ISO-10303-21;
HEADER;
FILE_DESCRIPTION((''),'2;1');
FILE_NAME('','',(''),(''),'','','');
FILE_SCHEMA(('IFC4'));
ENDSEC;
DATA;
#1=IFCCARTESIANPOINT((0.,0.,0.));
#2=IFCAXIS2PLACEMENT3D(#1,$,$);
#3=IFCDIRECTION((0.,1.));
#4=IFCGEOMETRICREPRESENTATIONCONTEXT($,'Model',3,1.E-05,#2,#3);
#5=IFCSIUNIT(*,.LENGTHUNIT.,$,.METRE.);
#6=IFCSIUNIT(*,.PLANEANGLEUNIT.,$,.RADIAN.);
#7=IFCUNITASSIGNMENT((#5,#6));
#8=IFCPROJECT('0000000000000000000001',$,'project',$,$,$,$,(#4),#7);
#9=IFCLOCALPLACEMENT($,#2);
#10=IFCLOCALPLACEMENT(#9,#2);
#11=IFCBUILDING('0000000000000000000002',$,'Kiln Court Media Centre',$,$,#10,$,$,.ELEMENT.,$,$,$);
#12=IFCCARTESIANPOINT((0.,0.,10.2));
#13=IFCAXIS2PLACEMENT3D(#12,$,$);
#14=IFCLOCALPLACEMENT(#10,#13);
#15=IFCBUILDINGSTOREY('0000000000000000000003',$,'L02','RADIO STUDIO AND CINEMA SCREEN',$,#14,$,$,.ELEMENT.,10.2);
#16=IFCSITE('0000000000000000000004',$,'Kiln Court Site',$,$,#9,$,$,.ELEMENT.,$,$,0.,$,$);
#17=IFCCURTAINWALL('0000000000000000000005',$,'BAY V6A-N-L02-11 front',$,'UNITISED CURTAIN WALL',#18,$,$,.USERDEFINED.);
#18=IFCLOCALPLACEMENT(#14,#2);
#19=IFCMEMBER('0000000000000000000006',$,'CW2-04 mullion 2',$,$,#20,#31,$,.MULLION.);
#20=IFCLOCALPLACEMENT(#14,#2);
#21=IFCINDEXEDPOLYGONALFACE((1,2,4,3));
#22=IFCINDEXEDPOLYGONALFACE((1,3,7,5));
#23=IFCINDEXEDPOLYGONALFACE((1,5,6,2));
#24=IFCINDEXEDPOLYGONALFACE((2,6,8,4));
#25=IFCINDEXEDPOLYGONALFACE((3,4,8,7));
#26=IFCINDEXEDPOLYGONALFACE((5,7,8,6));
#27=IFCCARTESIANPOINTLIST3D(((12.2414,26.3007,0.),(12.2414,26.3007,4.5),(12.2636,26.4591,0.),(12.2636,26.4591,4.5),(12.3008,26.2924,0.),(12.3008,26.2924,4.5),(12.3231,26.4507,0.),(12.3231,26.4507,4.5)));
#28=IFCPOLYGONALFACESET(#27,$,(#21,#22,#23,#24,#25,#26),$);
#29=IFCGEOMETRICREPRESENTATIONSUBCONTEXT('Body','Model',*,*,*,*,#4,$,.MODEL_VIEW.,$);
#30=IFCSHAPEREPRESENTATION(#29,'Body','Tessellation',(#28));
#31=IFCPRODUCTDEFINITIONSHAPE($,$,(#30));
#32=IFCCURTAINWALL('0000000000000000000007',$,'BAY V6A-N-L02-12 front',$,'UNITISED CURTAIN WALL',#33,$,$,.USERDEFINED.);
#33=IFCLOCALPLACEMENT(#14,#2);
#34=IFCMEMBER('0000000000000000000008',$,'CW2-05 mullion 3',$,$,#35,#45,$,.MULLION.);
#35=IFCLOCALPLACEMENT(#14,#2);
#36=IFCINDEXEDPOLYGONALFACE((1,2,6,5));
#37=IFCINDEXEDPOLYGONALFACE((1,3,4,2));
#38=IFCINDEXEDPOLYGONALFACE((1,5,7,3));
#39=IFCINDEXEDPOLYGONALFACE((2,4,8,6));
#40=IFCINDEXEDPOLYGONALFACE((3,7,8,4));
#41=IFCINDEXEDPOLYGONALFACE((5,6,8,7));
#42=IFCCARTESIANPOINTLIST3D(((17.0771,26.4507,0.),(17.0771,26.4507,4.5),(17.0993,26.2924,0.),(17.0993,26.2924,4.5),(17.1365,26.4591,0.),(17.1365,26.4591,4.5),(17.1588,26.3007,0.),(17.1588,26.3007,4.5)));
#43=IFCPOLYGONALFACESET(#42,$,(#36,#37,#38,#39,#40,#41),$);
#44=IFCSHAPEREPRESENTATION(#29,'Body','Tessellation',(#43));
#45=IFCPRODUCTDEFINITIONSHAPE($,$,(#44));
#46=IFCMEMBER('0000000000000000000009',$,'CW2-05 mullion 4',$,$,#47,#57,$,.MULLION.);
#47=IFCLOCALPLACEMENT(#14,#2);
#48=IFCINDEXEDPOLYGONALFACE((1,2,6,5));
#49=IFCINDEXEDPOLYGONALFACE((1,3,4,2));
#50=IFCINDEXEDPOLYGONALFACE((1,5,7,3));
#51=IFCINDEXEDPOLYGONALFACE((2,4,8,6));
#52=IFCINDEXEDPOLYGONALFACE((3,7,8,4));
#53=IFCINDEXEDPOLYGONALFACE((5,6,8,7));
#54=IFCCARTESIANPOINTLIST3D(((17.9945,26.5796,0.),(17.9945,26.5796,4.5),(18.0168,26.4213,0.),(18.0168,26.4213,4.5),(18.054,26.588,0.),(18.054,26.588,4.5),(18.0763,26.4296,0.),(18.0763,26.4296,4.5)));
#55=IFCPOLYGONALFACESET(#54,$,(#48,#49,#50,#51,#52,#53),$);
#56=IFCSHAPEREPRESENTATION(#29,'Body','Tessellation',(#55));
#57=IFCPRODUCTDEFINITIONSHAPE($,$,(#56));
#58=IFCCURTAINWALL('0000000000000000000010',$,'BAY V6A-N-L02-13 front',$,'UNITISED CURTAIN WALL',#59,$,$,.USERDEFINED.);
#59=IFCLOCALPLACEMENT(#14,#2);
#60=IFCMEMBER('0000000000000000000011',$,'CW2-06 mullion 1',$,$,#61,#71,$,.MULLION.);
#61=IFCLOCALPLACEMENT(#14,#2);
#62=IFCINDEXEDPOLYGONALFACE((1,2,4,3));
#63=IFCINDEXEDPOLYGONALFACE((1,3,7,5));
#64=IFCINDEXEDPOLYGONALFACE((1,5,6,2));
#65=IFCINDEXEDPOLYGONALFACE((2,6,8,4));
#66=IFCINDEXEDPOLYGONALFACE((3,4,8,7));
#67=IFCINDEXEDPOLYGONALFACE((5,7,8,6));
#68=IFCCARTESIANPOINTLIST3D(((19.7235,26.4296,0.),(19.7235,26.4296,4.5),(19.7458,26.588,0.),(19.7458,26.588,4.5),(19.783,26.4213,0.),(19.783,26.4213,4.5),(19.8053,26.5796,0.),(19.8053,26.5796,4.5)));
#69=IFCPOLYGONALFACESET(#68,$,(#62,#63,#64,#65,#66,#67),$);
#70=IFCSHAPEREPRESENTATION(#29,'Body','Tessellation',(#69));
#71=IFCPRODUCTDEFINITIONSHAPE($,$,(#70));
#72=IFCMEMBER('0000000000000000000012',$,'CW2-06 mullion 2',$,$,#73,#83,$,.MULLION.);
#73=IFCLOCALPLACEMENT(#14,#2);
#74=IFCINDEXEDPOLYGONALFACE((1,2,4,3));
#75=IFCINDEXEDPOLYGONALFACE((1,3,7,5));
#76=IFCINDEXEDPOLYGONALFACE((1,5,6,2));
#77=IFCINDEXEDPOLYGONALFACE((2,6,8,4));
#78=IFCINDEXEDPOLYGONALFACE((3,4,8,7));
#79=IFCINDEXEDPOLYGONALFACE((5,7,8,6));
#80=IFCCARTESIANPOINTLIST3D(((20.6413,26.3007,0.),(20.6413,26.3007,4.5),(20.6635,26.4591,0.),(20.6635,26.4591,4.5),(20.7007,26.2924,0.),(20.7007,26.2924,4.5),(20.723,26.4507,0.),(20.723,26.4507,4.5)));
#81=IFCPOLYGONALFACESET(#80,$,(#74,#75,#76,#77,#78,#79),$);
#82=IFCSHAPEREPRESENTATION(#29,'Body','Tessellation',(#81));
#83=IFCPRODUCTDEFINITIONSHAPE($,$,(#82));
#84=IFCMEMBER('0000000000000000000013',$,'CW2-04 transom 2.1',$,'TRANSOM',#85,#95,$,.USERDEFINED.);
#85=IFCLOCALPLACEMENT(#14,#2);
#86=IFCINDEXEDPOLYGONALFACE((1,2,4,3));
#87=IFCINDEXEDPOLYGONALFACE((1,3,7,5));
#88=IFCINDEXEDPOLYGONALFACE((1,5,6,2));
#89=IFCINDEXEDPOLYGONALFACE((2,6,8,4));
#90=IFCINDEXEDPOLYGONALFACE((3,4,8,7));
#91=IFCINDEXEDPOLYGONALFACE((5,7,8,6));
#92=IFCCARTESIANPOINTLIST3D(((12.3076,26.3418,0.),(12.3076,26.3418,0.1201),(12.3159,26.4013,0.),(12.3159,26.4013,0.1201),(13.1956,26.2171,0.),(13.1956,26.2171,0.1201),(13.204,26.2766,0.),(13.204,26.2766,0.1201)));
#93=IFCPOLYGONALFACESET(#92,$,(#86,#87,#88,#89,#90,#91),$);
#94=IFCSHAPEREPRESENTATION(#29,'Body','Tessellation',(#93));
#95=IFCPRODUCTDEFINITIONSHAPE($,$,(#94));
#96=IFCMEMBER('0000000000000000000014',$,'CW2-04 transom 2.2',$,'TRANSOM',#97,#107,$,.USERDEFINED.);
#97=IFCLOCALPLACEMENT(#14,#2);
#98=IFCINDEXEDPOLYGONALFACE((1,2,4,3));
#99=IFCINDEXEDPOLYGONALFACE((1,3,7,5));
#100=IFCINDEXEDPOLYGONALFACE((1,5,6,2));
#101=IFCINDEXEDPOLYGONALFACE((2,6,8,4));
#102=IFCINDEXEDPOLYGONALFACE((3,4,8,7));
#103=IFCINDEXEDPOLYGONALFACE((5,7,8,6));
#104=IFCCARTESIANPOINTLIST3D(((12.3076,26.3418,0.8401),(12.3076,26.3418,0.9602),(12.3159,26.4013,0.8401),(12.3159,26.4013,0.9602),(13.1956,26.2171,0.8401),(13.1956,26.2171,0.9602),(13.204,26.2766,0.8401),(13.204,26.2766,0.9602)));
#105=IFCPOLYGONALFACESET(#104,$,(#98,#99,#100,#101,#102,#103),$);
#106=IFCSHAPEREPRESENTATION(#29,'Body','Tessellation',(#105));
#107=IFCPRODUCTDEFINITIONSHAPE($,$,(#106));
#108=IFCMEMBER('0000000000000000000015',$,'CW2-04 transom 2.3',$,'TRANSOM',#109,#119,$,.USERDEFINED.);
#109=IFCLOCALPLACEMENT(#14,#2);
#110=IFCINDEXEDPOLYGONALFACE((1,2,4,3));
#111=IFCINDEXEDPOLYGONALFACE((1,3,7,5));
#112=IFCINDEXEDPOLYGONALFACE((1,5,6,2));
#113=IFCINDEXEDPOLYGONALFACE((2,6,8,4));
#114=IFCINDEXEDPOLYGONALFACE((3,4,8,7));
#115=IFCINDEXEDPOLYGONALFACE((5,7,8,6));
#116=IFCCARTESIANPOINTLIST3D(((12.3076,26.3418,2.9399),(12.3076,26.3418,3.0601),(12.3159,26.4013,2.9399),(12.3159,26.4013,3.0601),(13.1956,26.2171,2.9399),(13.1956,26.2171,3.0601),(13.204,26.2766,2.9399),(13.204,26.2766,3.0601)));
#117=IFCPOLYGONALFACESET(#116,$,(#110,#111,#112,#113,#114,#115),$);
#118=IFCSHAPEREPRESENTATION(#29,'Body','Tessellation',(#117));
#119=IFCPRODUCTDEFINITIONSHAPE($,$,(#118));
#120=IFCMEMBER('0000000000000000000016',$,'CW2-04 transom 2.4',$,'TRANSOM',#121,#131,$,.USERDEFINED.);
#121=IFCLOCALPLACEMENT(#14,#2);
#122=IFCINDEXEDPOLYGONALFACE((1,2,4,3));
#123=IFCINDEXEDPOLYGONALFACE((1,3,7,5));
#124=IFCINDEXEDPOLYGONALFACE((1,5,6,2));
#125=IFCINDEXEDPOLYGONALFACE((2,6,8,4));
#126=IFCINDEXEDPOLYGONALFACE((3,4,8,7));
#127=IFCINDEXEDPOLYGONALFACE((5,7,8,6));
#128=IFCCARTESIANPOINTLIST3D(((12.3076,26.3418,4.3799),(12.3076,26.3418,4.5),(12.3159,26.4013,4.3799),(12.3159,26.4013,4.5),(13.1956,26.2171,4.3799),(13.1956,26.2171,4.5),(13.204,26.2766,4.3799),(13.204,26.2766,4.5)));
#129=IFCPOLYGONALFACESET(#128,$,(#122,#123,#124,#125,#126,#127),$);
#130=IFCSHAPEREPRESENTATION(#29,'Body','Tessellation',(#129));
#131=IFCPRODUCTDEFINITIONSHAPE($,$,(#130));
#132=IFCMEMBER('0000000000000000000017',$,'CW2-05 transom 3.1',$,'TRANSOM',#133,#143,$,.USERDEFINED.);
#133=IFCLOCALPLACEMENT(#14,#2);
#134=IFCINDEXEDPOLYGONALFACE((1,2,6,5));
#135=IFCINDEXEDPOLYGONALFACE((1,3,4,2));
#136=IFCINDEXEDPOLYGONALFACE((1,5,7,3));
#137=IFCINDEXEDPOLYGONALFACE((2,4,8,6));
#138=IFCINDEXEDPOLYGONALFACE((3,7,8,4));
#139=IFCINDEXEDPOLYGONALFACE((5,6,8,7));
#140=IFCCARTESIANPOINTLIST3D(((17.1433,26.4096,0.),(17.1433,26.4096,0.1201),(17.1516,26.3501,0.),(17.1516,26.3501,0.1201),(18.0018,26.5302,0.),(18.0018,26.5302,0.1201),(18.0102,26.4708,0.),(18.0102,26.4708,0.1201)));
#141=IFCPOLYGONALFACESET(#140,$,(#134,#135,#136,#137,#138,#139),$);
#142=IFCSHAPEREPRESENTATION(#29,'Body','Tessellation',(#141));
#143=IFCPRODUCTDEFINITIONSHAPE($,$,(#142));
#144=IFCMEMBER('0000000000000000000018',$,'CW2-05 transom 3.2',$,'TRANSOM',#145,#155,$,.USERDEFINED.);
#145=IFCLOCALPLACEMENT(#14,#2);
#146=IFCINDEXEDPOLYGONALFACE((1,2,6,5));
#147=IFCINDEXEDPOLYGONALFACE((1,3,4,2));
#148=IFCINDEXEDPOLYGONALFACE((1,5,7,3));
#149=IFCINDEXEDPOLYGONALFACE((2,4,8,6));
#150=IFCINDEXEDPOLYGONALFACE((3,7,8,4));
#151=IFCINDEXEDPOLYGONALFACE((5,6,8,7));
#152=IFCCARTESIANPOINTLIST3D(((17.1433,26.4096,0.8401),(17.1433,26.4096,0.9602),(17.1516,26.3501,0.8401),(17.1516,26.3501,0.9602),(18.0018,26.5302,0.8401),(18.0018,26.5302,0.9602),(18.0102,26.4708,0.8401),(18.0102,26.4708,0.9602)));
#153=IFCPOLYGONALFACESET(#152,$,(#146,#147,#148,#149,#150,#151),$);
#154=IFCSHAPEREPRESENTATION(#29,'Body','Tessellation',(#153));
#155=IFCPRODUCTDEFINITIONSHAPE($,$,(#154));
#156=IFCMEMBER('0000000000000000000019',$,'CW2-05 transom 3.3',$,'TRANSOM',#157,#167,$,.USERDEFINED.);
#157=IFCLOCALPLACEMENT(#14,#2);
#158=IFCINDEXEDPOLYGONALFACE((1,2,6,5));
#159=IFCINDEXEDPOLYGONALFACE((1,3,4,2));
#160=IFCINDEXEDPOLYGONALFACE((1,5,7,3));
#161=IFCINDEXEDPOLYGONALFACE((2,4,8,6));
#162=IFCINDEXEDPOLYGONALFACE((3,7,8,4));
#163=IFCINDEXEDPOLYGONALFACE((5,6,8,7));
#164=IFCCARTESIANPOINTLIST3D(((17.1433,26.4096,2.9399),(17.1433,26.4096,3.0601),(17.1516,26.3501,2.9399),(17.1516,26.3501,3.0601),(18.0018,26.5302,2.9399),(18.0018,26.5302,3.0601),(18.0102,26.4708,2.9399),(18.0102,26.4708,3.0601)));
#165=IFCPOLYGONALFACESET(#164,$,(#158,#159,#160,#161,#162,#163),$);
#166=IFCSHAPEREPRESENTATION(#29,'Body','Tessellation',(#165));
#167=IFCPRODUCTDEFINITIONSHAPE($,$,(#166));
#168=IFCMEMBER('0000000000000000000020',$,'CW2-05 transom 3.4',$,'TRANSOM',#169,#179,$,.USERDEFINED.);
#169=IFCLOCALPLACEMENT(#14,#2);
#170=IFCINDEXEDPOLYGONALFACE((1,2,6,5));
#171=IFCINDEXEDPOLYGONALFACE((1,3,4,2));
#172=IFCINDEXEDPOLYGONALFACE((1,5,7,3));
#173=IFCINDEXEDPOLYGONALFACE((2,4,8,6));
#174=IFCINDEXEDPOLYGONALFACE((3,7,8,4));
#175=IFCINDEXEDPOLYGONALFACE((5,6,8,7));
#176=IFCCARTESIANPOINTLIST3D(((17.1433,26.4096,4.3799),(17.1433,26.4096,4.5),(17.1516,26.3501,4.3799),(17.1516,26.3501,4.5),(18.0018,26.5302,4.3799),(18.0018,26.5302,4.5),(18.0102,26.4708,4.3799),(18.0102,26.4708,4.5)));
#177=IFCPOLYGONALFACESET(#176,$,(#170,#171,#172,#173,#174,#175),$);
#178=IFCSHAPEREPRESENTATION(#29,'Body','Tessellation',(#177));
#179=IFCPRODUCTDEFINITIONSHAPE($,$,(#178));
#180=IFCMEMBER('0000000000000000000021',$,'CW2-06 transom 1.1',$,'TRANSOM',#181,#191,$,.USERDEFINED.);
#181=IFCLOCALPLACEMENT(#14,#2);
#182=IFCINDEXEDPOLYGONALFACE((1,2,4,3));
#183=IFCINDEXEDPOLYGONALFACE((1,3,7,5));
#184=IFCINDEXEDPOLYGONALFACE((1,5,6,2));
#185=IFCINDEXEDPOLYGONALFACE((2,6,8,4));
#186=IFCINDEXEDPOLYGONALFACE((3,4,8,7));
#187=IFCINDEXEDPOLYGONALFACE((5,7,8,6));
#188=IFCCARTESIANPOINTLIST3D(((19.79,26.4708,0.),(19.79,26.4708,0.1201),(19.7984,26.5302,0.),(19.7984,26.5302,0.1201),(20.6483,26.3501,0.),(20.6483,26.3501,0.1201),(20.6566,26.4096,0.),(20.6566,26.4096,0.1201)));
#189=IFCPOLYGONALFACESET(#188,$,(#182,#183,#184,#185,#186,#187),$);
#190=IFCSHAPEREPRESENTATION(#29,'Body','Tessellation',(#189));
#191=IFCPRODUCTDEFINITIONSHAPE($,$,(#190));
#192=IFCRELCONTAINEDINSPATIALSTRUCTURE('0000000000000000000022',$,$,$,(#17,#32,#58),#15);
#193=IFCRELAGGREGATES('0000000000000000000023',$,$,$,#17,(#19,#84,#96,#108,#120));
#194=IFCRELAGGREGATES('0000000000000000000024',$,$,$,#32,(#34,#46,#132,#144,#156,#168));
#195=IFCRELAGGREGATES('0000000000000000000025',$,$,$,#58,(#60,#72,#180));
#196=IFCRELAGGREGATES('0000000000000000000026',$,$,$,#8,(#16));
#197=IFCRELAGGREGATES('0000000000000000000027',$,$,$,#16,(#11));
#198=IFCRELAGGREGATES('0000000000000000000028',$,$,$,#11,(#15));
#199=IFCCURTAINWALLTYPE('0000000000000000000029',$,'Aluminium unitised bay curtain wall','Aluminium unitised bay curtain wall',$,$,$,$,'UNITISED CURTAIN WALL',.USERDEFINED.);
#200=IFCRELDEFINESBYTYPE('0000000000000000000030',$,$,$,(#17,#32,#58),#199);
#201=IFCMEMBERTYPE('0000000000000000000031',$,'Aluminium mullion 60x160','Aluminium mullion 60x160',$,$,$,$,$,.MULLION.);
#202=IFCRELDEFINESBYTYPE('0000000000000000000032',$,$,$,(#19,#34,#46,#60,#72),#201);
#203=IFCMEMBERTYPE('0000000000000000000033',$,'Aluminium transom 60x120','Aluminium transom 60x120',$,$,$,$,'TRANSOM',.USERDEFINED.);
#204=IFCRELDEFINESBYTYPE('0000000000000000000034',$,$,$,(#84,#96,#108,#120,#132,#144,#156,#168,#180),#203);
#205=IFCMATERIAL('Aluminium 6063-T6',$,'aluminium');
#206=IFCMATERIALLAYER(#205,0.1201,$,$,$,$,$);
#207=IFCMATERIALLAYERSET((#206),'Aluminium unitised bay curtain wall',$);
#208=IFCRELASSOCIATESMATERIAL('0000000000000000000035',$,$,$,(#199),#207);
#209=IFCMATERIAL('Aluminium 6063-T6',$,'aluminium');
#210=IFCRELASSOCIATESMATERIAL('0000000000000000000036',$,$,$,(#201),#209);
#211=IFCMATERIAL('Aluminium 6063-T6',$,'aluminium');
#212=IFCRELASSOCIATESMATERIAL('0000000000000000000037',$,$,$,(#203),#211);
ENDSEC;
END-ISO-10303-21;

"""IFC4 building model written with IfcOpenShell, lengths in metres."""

from ifc_helpers import new_model, si_unit, direction, frame, origin, origin_2d, place, context, subcontext, project, spatial, rectangle, extrude, material, layer, layer_set, material_profile, profile_set, type_object, element, aggregate, save


model = new_model("IFC4")

# Units and contexts
model_context = context("Model", 3, precision=1e-05, world=origin(), true_north=direction((0.0, 1.0)))
body_context = subcontext(model_context, "Body", "Model", "MODEL_VIEW")
ifc_project = project(units=[si_unit("LENGTHUNIT", "METRE"), si_unit("PLANEANGLEUNIT", "RADIAN")], contexts=[model_context])

# Site, building, storey
site_placement = place(None, origin())
site = spatial("IfcSite", under=ifc_project, at=site_placement, Name="Kiln Court Site", CompositionType="ELEMENT", RefElevation=0.0)
building_placement = place(site_placement, origin())
building = spatial("IfcBuilding", under=site, at=building_placement, Name="Kiln Court Media Centre", CompositionType="ELEMENT")
storey_placement = place(building_placement, frame((0.0, 0.0, 10.2)))
storey = spatial("IfcBuildingStorey", under=building, at=storey_placement, Name="L02", Description="RADIO STUDIO AND CINEMA SCREEN", CompositionType="ELEMENT", Elevation=10.2)

# Curtain wall, member
ifc_material_1 = material(Name="Aluminium 6063-T6", Category="aluminium")
ifc_layer_1 = layer(ifc_material_1, 0.1201)
ifc_layer_set_1 = layer_set([ifc_layer_1], Name="Aluminium unitised bay curtain wall")
curtain_wall_type = type_object("IfcCurtainWallType", Name="Aluminium unitised bay curtain wall", Description="Aluminium unitised bay curtain wall", ElementType="UNITISED CURTAIN WALL", PredefinedType="USERDEFINED", material=ifc_layer_set_1)
curtain_wall_1_placement = place(storey_placement, origin())
curtain_wall_1 = element("IfcCurtainWall", 1, at=curtain_wall_1_placement, inside=storey, type_object=curtain_wall_type, Name="BAY V6A-N-L02-11 front", ObjectType="UNITISED CURTAIN WALL", PredefinedType="USERDEFINED")
ifc_material_2 = material(Name="Aluminium 6063-T6", Category="aluminium")
ifc_material_profile_1 = material_profile(ifc_material_2, rectangle(XDim=0.0601, YDim=0.1599, at=origin_2d()), Name="Aluminium mullion 60x160")
ifc_profile_set_1 = profile_set([ifc_material_profile_1], Name="Aluminium 6063-T6")
member_type_1 = type_object("IfcMemberType", Name="Aluminium mullion 60x160", Description="Aluminium mullion 60x160", PredefinedType="MULLION", material=ifc_profile_set_1)
member_1_placement = place(storey_placement, frame((12.2822, 26.3757, 0.0), z_axis=(0.0, 0.0, 1.0), x_axis=(0.99027, -0.139162, 0.0)))
member_1 = element("IfcMember", 2, at=member_1_placement, type_object=member_type_1, Name="CW2-04 mullion 2", PredefinedType="MULLION", context=body_context, shape_type="SweptSolid", body=[
    extrude(rectangle(XDim=0.0601, YDim=0.1599, at=origin_2d()), origin(), (0.0, 0.0, 1.0), 4.5),
])

# Curtain walls, members
curtain_wall_2_placement = place(storey_placement, origin())
curtain_wall_2 = element("IfcCurtainWall", 3, at=curtain_wall_2_placement, inside=storey, type_object=curtain_wall_type, Name="BAY V6A-N-L02-12 front", ObjectType="UNITISED CURTAIN WALL", PredefinedType="USERDEFINED")
member_2_placement = place(storey_placement, frame((17.1179, 26.3757, 0.0), z_axis=(0.0, 0.0, 1.0), x_axis=(0.99027, 0.139162, 0.0)))
member_2 = element("IfcMember", 4, at=member_2_placement, type_object=member_type_1, Name="CW2-05 mullion 3", PredefinedType="MULLION", context=body_context, shape_type="SweptSolid", body=[
    extrude(rectangle(XDim=0.0601, YDim=0.1599, at=origin_2d()), origin(), (0.0, 0.0, 1.0), 4.5),
])
member_3_placement = place(storey_placement, frame((18.0354, 26.5046, 0.0), z_axis=(0.0, 0.0, 1.0), x_axis=(0.99027, 0.139162, 0.0)))
member_3 = element("IfcMember", 5, at=member_3_placement, type_object=member_type_1, Name="CW2-05 mullion 4", PredefinedType="MULLION", context=body_context, shape_type="SweptSolid", body=[
    extrude(rectangle(XDim=0.0601, YDim=0.1599, at=origin_2d()), origin(), (0.0, 0.0, 1.0), 4.5),
])
curtain_wall_3_placement = place(storey_placement, origin())
curtain_wall_3 = element("IfcCurtainWall", 6, at=curtain_wall_3_placement, inside=storey, type_object=curtain_wall_type, Name="BAY V6A-N-L02-13 front", ObjectType="UNITISED CURTAIN WALL", PredefinedType="USERDEFINED")
member_4_placement = place(storey_placement, frame((19.7644, 26.5046, 0.0), z_axis=(0.0, 0.0, 1.0), x_axis=(0.99027, -0.139162, 0.0)))
member_4 = element("IfcMember", 7, at=member_4_placement, type_object=member_type_1, Name="CW2-06 mullion 1", PredefinedType="MULLION", context=body_context, shape_type="SweptSolid", body=[
    extrude(rectangle(XDim=0.0601, YDim=0.1599, at=origin_2d()), origin(), (0.0, 0.0, 1.0), 4.5),
])
member_5_placement = place(storey_placement, frame((20.6821, 26.3757, 0.0), z_axis=(0.0, 0.0, 1.0), x_axis=(0.99027, -0.139162, 0.0)))
member_5 = element("IfcMember", 8, at=member_5_placement, type_object=member_type_1, Name="CW2-06 mullion 2", PredefinedType="MULLION", context=body_context, shape_type="SweptSolid", body=[
    extrude(rectangle(XDim=0.0601, YDim=0.1599, at=origin_2d()), origin(), (0.0, 0.0, 1.0), 4.5),
])

# Members
ifc_material_3 = material(Name="Aluminium 6063-T6", Category="aluminium")
ifc_material_profile_2 = material_profile(ifc_material_3, rectangle(XDim=0.0601, YDim=0.1201, at=origin_2d()), Name="Aluminium transom 60x120")
ifc_profile_set_2 = profile_set([ifc_material_profile_2], Name="Aluminium 6063-T6")
member_type_2 = type_object("IfcMemberType", Name="Aluminium transom 60x120", Description="Aluminium transom 60x120", ElementType="TRANSOM", PredefinedType="USERDEFINED", material=ifc_profile_set_2)
member_6_placement = place(storey_placement, frame((12.3118, 26.3716, 0.0601), z_axis=(0.990274, -0.139134, 0.0), x_axis=(0.139134, 0.990274, 0.0)))
member_6 = element("IfcMember", 9, at=member_6_placement, type_object=member_type_2, Name="CW2-04 transom 2.1", ObjectType="TRANSOM", PredefinedType="USERDEFINED", context=body_context, shape_type="SweptSolid", body=[
    extrude(rectangle(XDim=0.0601, YDim=0.1201, at=origin_2d()), origin(), (0.0, 0.0, 1.0), 0.8967),
])
member_7_placement = place(storey_placement, frame((12.3118, 26.3716, 0.9001), z_axis=(0.990274, -0.139134, 0.0), x_axis=(0.139134, 0.990274, 0.0)))
member_7 = element("IfcMember", 10, at=member_7_placement, type_object=member_type_2, Name="CW2-04 transom 2.2", ObjectType="TRANSOM", PredefinedType="USERDEFINED", context=body_context, shape_type="SweptSolid", body=[
    extrude(rectangle(XDim=0.0601, YDim=0.1201, at=origin_2d()), origin(), (0.0, 0.0, 1.0), 0.8967),
])
member_8_placement = place(storey_placement, frame((12.3118, 26.3716, 3.0), z_axis=(0.990274, -0.139134, 0.0), x_axis=(0.139134, 0.990274, 0.0)))
member_8 = element("IfcMember", 11, at=member_8_placement, type_object=member_type_2, Name="CW2-04 transom 2.3", ObjectType="TRANSOM", PredefinedType="USERDEFINED", context=body_context, shape_type="SweptSolid", body=[
    extrude(rectangle(XDim=0.0601, YDim=0.1201, at=origin_2d()), origin(), (0.0, 0.0, 1.0), 0.8967),
])
member_9_placement = place(storey_placement, frame((12.3118, 26.3716, 4.4399), z_axis=(0.990274, -0.139134, 0.0), x_axis=(0.139134, 0.990274, 0.0)))
member_9 = element("IfcMember", 12, at=member_9_placement, type_object=member_type_2, Name="CW2-04 transom 2.4", ObjectType="TRANSOM", PredefinedType="USERDEFINED", context=body_context, shape_type="SweptSolid", body=[
    extrude(rectangle(XDim=0.0601, YDim=0.1201, at=origin_2d()), origin(), (0.0, 0.0, 1.0), 0.8967),
])
member_10_placement = place(storey_placement, frame((17.1475, 26.3799, 0.0601), z_axis=(0.990274, 0.139134, 0.0), x_axis=(-0.139134, 0.990274, 0.0)))
member_10 = element("IfcMember", 13, at=member_10_placement, type_object=member_type_2, Name="CW2-05 transom 3.1", ObjectType="TRANSOM", PredefinedType="USERDEFINED", context=body_context, shape_type="SweptSolid", body=[
    extrude(rectangle(XDim=0.0601, YDim=0.1201, at=origin_2d()), origin(), (0.0, 0.0, 1.0), 0.8669),
])
member_11_placement = place(storey_placement, frame((17.1475, 26.3799, 0.9001), z_axis=(0.990274, 0.139134, 0.0), x_axis=(-0.139134, 0.990274, 0.0)))
member_11 = element("IfcMember", 14, at=member_11_placement, type_object=member_type_2, Name="CW2-05 transom 3.2", ObjectType="TRANSOM", PredefinedType="USERDEFINED", context=body_context, shape_type="SweptSolid", body=[
    extrude(rectangle(XDim=0.0601, YDim=0.1201, at=origin_2d()), origin(), (0.0, 0.0, 1.0), 0.8669),
])
member_12_placement = place(storey_placement, frame((17.1475, 26.3799, 3.0), z_axis=(0.990274, 0.139134, 0.0), x_axis=(-0.139134, 0.990274, 0.0)))
member_12 = element("IfcMember", 15, at=member_12_placement, type_object=member_type_2, Name="CW2-05 transom 3.3", ObjectType="TRANSOM", PredefinedType="USERDEFINED", context=body_context, shape_type="SweptSolid", body=[
    extrude(rectangle(XDim=0.0601, YDim=0.1201, at=origin_2d()), origin(), (0.0, 0.0, 1.0), 0.8669),
])
member_13_placement = place(storey_placement, frame((17.1475, 26.3799, 4.4399), z_axis=(0.990274, 0.139134, 0.0), x_axis=(-0.139134, 0.990274, 0.0)))
member_13 = element("IfcMember", 16, at=member_13_placement, type_object=member_type_2, Name="CW2-05 transom 3.4", ObjectType="TRANSOM", PredefinedType="USERDEFINED", context=body_context, shape_type="SweptSolid", body=[
    extrude(rectangle(XDim=0.0601, YDim=0.1201, at=origin_2d()), origin(), (0.0, 0.0, 1.0), 0.8669),
])
member_14_placement = place(storey_placement, frame((19.7942, 26.5005, 0.0601), z_axis=(0.990268, -0.139173, 0.0), x_axis=(0.139173, 0.990268, 0.0)))
member_14 = element("IfcMember", 17, at=member_14_placement, type_object=member_type_2, Name="CW2-06 transom 1.1", ObjectType="TRANSOM", PredefinedType="USERDEFINED", context=body_context, shape_type="SweptSolid", body=[
    extrude(rectangle(XDim=0.0601, YDim=0.1201, at=origin_2d()), origin(), (0.0, 0.0, 1.0), 0.8667),
])

aggregate(curtain_wall_1, [member_1, member_6, member_7, member_8, member_9])
aggregate(curtain_wall_2, [member_2, member_3, member_10, member_11, member_12, member_13])
aggregate(curtain_wall_3, [member_4, member_5, member_14])

save(model, "model.ifc")
